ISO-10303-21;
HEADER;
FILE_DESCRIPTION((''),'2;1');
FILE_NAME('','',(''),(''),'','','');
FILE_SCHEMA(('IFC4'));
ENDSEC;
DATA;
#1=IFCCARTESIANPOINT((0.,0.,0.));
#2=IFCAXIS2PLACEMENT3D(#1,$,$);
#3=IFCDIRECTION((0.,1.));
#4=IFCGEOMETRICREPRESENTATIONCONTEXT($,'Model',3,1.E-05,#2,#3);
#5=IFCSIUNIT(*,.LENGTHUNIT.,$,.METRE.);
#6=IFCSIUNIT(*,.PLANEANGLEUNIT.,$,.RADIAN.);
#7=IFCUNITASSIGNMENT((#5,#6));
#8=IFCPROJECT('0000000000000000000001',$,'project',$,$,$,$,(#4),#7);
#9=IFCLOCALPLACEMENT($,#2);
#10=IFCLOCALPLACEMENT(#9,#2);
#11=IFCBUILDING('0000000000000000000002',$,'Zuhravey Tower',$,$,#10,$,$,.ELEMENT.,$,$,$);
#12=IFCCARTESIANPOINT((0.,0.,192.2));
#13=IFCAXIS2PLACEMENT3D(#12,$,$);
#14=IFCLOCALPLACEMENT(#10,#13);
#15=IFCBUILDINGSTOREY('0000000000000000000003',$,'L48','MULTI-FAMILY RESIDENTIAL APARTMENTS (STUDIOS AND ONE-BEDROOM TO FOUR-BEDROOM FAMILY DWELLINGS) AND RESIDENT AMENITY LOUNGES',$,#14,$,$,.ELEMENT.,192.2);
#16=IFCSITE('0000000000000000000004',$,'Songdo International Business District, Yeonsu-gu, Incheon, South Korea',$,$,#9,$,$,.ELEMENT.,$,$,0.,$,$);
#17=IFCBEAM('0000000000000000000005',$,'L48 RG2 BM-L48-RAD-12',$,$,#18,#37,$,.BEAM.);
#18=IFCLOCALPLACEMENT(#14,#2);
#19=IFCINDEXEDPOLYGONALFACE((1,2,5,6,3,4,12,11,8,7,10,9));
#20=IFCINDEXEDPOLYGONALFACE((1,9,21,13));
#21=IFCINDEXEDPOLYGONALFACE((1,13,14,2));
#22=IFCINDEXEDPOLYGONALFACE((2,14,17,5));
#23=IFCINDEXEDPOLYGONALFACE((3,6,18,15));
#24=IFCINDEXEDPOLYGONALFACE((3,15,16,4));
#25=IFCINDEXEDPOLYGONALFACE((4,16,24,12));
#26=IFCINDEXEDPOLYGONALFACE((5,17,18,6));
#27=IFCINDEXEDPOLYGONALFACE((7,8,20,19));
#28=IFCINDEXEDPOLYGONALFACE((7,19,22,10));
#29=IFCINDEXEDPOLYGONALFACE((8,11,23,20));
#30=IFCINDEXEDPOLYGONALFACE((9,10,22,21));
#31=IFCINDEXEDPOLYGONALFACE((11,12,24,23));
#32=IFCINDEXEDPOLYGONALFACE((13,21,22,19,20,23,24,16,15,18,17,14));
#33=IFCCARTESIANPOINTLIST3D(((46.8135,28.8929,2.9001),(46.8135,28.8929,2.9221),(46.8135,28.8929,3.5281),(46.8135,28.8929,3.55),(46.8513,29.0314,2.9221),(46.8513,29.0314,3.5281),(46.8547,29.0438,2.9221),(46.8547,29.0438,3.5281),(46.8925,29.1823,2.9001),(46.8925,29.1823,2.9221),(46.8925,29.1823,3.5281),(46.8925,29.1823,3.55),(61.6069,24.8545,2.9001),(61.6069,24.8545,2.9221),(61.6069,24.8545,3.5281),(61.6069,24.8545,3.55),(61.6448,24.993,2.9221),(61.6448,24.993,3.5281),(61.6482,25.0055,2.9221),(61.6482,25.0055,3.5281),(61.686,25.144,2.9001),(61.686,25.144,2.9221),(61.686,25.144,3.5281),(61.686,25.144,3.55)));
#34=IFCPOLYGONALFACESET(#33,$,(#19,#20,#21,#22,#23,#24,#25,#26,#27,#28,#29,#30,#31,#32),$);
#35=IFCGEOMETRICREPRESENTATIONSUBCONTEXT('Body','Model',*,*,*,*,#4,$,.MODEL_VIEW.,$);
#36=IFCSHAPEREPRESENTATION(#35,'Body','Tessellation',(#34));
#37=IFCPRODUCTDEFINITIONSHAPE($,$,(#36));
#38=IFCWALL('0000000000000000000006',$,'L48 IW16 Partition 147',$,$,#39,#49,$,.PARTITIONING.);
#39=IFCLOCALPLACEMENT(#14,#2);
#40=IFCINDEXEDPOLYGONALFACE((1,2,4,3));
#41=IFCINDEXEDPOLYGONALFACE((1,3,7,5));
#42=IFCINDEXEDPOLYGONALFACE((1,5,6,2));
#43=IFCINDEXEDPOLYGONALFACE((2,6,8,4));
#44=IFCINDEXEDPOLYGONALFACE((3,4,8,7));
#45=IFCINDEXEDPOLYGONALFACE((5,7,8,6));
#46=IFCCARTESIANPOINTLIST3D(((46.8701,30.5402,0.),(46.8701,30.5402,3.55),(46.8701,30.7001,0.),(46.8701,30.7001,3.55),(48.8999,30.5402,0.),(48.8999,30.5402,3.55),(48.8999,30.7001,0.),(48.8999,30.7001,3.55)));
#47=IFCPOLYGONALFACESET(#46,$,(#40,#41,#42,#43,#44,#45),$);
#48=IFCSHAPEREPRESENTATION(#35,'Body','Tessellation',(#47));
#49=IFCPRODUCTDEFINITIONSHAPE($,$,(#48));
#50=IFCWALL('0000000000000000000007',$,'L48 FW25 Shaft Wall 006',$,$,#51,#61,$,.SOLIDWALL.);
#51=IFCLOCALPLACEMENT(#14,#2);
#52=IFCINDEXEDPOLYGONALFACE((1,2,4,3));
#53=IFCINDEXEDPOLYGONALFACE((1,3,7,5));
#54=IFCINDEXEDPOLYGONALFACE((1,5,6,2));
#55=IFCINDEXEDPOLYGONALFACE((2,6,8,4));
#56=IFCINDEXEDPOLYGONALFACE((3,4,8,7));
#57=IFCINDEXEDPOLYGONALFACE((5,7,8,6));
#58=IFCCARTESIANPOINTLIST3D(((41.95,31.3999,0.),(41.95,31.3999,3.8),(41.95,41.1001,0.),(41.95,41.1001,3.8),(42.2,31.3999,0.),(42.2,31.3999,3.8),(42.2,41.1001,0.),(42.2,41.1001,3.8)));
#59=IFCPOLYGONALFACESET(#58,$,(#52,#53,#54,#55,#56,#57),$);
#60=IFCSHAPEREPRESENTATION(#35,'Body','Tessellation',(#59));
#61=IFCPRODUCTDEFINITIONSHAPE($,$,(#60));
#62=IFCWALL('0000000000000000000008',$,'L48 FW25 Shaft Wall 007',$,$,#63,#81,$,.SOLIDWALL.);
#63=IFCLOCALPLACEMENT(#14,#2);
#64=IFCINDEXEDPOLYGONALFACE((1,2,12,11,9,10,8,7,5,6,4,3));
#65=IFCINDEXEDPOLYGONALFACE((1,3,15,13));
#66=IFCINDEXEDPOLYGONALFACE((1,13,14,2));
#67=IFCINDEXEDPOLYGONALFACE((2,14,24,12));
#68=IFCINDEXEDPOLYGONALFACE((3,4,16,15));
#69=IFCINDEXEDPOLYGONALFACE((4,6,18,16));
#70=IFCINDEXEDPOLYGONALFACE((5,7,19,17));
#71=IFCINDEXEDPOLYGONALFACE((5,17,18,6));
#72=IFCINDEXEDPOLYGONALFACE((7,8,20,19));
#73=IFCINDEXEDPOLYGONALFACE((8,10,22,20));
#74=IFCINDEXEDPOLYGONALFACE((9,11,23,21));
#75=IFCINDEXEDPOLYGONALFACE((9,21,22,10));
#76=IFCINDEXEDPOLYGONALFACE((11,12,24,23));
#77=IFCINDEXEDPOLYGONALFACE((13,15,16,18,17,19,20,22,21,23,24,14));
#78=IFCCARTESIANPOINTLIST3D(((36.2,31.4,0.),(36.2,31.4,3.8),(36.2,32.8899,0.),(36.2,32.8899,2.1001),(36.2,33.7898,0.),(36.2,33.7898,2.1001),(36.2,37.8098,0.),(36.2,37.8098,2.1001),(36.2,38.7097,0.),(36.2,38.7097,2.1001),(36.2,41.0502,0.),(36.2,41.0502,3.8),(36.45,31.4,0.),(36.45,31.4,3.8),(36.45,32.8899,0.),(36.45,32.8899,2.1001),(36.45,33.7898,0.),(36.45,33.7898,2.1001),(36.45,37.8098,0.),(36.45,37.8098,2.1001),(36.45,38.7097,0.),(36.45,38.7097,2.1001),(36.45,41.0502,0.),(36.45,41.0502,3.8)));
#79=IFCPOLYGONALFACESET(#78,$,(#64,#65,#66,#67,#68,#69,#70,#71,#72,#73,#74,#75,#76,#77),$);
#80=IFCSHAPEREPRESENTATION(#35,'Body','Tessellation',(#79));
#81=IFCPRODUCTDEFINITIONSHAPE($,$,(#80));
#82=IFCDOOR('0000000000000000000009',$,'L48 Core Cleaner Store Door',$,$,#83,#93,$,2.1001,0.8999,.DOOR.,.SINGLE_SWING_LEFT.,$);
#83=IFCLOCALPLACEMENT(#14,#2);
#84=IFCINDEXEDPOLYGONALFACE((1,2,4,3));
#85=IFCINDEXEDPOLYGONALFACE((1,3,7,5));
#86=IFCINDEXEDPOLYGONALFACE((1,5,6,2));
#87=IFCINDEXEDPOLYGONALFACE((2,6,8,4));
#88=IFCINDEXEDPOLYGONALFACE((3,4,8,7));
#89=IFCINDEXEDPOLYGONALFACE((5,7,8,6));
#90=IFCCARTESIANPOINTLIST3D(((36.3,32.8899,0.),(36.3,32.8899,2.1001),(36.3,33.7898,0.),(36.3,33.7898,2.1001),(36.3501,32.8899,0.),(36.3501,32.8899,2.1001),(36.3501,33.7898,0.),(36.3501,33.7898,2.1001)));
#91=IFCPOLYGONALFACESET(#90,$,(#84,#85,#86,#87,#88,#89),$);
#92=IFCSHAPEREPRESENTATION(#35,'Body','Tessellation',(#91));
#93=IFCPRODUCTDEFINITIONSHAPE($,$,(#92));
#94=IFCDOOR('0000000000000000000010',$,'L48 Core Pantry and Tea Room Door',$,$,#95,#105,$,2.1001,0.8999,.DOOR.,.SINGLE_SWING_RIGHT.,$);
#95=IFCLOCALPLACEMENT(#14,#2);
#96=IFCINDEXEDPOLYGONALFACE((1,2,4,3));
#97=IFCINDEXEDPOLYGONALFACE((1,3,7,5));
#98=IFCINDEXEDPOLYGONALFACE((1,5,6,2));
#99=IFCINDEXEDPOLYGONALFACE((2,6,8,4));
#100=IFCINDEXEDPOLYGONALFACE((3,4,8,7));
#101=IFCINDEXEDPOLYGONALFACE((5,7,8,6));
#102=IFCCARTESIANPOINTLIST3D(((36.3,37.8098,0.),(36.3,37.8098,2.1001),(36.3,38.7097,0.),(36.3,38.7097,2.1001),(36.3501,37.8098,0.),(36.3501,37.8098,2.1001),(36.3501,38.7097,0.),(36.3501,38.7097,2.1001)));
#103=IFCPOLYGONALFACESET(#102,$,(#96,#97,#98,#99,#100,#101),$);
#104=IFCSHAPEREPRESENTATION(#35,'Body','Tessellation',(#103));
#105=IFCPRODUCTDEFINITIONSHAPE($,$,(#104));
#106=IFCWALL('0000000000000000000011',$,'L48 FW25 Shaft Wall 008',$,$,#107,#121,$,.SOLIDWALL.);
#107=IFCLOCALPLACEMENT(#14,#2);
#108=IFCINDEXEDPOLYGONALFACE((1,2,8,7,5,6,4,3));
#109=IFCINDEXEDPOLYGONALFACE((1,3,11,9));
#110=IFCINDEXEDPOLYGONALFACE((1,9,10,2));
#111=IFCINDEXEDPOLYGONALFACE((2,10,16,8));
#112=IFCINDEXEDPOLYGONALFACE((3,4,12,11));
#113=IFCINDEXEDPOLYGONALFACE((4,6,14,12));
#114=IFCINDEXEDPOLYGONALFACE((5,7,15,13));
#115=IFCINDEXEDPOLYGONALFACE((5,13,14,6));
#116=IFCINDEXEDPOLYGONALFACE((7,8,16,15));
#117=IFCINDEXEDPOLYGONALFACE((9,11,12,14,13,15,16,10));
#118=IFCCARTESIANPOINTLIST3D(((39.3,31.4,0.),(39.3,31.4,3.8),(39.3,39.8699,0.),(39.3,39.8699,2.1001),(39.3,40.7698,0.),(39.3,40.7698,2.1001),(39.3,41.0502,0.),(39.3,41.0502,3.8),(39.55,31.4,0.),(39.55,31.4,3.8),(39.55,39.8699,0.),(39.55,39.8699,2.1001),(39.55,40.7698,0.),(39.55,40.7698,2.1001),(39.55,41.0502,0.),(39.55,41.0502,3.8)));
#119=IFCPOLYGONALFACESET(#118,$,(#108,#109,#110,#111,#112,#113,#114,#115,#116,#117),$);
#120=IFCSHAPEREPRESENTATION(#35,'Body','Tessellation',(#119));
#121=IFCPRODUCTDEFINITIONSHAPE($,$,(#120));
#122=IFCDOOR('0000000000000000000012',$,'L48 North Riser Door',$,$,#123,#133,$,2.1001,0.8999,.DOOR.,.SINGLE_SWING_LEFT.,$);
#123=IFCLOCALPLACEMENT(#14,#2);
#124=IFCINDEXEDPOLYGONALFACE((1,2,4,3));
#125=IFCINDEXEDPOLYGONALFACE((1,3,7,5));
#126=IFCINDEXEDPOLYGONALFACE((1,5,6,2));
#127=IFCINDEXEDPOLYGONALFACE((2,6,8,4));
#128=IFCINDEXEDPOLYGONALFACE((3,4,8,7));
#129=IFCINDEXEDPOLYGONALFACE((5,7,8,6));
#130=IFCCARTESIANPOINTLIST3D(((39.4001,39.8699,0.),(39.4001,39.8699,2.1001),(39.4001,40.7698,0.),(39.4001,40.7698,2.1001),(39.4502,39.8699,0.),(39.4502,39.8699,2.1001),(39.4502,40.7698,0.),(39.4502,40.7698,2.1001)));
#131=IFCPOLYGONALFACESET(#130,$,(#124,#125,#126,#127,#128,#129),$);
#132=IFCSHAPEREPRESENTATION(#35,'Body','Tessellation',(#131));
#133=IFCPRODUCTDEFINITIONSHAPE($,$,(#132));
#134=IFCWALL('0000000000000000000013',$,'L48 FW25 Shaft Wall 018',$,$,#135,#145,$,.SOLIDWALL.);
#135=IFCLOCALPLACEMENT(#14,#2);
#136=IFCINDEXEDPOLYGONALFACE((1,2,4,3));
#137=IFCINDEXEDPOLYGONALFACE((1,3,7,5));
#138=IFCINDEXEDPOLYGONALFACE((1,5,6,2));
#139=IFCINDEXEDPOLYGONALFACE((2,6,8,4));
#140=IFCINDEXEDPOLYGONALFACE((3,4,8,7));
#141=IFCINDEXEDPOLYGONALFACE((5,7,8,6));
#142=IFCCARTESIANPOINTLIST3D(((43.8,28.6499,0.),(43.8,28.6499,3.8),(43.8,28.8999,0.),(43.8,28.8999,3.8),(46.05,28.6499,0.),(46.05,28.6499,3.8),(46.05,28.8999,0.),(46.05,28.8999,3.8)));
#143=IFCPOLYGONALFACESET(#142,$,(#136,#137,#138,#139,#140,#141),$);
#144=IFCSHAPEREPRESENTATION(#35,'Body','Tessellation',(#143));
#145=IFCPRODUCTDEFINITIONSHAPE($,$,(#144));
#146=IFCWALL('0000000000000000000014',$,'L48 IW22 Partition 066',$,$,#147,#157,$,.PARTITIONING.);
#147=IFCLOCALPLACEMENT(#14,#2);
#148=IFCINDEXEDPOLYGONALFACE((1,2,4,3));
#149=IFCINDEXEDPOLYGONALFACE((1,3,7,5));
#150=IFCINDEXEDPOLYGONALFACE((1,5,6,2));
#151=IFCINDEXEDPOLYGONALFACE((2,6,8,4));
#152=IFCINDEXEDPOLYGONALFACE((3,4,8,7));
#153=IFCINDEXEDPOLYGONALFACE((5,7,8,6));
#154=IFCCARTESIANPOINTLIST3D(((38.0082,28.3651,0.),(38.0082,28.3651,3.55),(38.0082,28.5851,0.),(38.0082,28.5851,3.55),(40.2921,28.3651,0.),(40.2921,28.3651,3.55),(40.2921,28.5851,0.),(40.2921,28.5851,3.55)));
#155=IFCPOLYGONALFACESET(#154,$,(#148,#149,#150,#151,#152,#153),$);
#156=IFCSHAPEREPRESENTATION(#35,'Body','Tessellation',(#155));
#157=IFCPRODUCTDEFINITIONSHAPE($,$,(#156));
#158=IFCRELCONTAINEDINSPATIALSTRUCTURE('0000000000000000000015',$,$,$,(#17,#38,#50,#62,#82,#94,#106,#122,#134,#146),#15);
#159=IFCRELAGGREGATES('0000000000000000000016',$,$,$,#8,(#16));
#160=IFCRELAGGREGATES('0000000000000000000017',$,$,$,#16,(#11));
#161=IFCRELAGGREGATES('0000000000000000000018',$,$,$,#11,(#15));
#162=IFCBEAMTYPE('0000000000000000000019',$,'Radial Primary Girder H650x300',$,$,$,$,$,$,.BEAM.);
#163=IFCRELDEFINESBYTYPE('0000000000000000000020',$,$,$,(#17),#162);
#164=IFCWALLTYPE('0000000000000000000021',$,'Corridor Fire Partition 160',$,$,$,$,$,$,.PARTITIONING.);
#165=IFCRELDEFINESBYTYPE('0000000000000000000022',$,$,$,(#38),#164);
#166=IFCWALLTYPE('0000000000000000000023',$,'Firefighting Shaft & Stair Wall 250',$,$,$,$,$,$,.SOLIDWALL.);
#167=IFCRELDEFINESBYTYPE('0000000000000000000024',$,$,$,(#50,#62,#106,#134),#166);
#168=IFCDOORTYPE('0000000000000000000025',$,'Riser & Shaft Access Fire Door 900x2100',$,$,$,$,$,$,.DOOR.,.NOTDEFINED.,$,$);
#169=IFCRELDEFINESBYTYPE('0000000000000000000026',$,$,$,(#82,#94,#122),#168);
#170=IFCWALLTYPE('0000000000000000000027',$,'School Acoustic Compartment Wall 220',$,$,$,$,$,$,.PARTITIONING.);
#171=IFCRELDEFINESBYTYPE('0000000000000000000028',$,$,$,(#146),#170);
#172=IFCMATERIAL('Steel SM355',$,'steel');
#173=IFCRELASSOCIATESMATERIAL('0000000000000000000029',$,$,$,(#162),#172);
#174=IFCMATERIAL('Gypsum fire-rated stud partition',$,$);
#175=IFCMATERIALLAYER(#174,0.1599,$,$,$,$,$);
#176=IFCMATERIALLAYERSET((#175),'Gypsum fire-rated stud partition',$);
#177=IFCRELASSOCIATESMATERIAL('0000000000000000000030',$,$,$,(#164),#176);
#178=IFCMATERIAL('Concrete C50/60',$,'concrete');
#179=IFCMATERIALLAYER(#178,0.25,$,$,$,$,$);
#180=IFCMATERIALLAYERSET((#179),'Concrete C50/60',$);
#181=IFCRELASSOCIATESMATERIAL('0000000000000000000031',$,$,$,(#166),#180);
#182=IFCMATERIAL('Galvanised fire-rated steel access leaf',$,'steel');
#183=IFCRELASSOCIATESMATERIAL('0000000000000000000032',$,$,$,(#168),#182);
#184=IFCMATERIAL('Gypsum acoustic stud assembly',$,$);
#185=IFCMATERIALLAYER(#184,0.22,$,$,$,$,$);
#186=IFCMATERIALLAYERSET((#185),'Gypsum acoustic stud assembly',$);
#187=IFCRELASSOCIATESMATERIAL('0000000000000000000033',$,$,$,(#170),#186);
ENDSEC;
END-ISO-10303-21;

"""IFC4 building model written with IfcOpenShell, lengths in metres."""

from ifc_helpers import new_model, si_unit, direction, frame, frame_2d, origin, origin_2d, place, context, subcontext, project, spatial, rectangle, i_section, extrude, material, layer, layer_set, material_profile, profile_set, type_object, element, fill, save


model = new_model("IFC4")

# Units and contexts
model_context = context("Model", 3, precision=1e-05, world=origin(), true_north=direction((0.0, 1.0)))
body_context = subcontext(model_context, "Body", "Model", "MODEL_VIEW")
ifc_project = project(units=[si_unit("LENGTHUNIT", "METRE"), si_unit("PLANEANGLEUNIT", "RADIAN")], contexts=[model_context])

# Site, building, storey
site_placement = place(None, origin())
site = spatial("IfcSite", under=ifc_project, at=site_placement, Name="Songdo International Business District, Yeonsu-gu, Incheon, South Korea", CompositionType="ELEMENT", RefElevation=0.0)
building_placement = place(site_placement, origin())
building = spatial("IfcBuilding", under=site, at=building_placement, Name="Zuhravey Tower", CompositionType="ELEMENT")
storey_placement = place(building_placement, frame((0.0, 0.0, 192.2)))
storey = spatial("IfcBuildingStorey", under=building, at=storey_placement, Name="L48", Description="MULTI-FAMILY RESIDENTIAL APARTMENTS (STUDIOS AND ONE-BEDROOM TO FOUR-BEDROOM FAMILY DWELLINGS) AND RESIDENT AMENITY LOUNGES", CompositionType="ELEMENT", Elevation=192.2)

# Beam
ifc_material_1 = material(Name="Steel SM355", Category="steel")
ifc_material_profile = material_profile(ifc_material_1, i_section(OverallWidth=0.3, OverallDepth=0.6499, WebThickness=0.0129, FlangeThickness=0.022, at=origin_2d()), Name="H-650x300x13x22")
ifc_profile_set = profile_set([ifc_material_profile], Name="Steel SM355")
beam_type = type_object("IfcBeamType", Name="Radial Primary Girder H650x300", PredefinedType="BEAM", material=ifc_profile_set)
beam_placement = place(storey_placement, frame((46.853, 29.0376, 3.2251), z_axis=(0.964702, -0.263345, 0.0), x_axis=(0.263345, 0.964702, 0.0)))
element("IfcBeam", 1, at=beam_placement, inside=storey, type_object=beam_type, Name="L48 RG2 BM-L48-RAD-12", PredefinedType="BEAM", context=body_context, shape_type="SweptSolid", body=[
    extrude(i_section(OverallWidth=0.3, OverallDepth=0.6499, WebThickness=0.0129, FlangeThickness=0.022, at=origin_2d()), origin(), (0.0, 0.0, 1.0), 15.3347),
])

# Shared definitions
ifc_material_2 = material(Name="Gypsum fire-rated stud partition")
ifc_layer_1 = layer(ifc_material_2, 0.1599)
ifc_layer_set_1 = layer_set([ifc_layer_1], Name="Gypsum fire-rated stud partition")
wall_type_1 = type_object("IfcWallType", Name="Corridor Fire Partition 160", PredefinedType="PARTITIONING", material=ifc_layer_set_1)

# Walls
wall_1_placement = place(storey_placement, frame((46.8701, 30.6201, 0.0), z_axis=(0.0, 0.0, 1.0), x_axis=(1.0, 0.0, 0.0)))
element("IfcWall", 2, at=wall_1_placement, inside=storey, type_object=wall_type_1, Name="L48 IW16 Partition 147", PredefinedType="PARTITIONING", context=body_context, shape_type="SweptSolid", body=[
    extrude(rectangle(XDim=2.0298, YDim=0.1599, at=frame_2d((1.0149, 0.0))), origin(), (0.0, 0.0, 1.0), 3.55),
])
ifc_material_3 = material(Name="Concrete C50/60", Category="concrete")
ifc_layer_2 = layer(ifc_material_3, 0.25)
ifc_layer_set_2 = layer_set([ifc_layer_2], Name="Concrete C50/60")
wall_type_2 = type_object("IfcWallType", Name="Firefighting Shaft & Stair Wall 250", PredefinedType="SOLIDWALL", material=ifc_layer_set_2)
wall_2_placement = place(storey_placement, frame((42.075, 31.3999, 0.0), z_axis=(0.0, 0.0, 1.0), x_axis=(0.0, 1.0, 0.0)))
element("IfcWall", 3, at=wall_2_placement, inside=storey, type_object=wall_type_2, Name="L48 FW25 Shaft Wall 006", PredefinedType="SOLIDWALL", context=body_context, shape_type="SweptSolid", body=[
    extrude(rectangle(XDim=9.7002, YDim=0.25, at=frame_2d((4.8501, 0.0))), origin(), (0.0, 0.0, 1.0), 3.8),
])

# Wall, openings, doors
wall_3_placement = place(storey_placement, frame((36.325, 31.3999, 0.0), z_axis=(0.0, 0.0, 1.0), x_axis=(0.0, 1.0, 0.0)))
wall_3 = element("IfcWall", 4, at=wall_3_placement, inside=storey, type_object=wall_type_2, Name="L48 FW25 Shaft Wall 007", PredefinedType="SOLIDWALL", context=body_context, shape_type="SweptSolid", body=[
    extrude(rectangle(XDim=9.6501, YDim=0.25, at=frame_2d((4.8252, 0.0))), origin(), (0.0, 0.0, 1.0), 3.8),
])
opening_1_placement = place(wall_3_placement, frame((1.49, 0.0, 0.0)))
opening_1 = element("IfcOpeningElement", 5, at=opening_1_placement, cuts=wall_3, PredefinedType="OPENING", context=body_context, shape_type="SweptSolid", body=[
    extrude(rectangle(XDim=0.8999, YDim=2.1001, at=frame_2d((0.45, 1.05))), frame((0.0, 0.137, 0.0), z_axis=(0.0, -1.0, 0.0), x_axis=(1.0, 0.0, 0.0)), (0.0, 0.0, 1.0), 0.2739),
])
opening_2_placement = place(wall_3_placement, frame((6.4099, 0.0, 0.0)))
opening_2 = element("IfcOpeningElement", 6, at=opening_2_placement, cuts=wall_3, PredefinedType="OPENING", context=body_context, shape_type="SweptSolid", body=[
    extrude(rectangle(XDim=0.8999, YDim=2.1001, at=frame_2d((0.45, 1.05))), frame((0.0, 0.137, 0.0), z_axis=(0.0, -1.0, 0.0), x_axis=(1.0, 0.0, 0.0)), (0.0, 0.0, 1.0), 0.2739),
])
ifc_material_4 = material(Name="Galvanised fire-rated steel access leaf", Category="steel")
door_type_1 = type_object("IfcDoorType", Name="Riser & Shaft Access Fire Door 900x2100", OperationType="NOTDEFINED", PredefinedType="DOOR", material=ifc_material_4)
door_1_placement = place(opening_1_placement, origin())
door_1 = element("IfcDoor", 7, at=door_1_placement, inside=storey, type_object=door_type_1, Name="L48 Core Cleaner Store Door", OperationType="SINGLE_SWING_LEFT", OverallHeight=2.1001, OverallWidth=0.8999, PredefinedType="DOOR", context=body_context, shape_type="SweptSolid", body=[
    extrude(rectangle(XDim=0.8999, YDim=2.1001, at=frame_2d((0.45, 1.05))), frame((0.0, 0.0249, 0.0), z_axis=(0.0, -1.0, 0.0), x_axis=(1.0, 0.0, 0.0)), (0.0, 0.0, 1.0), 0.05),
])
fill(opening_1, door_1)
door_2_placement = place(opening_2_placement, origin())
door_2 = element("IfcDoor", 8, at=door_2_placement, inside=storey, type_object=door_type_1, Name="L48 Core Pantry and Tea Room Door", OperationType="SINGLE_SWING_RIGHT", OverallHeight=2.1001, OverallWidth=0.8999, PredefinedType="DOOR", context=body_context, shape_type="SweptSolid", body=[
    extrude(rectangle(XDim=0.8999, YDim=2.1001, at=frame_2d((0.45, 1.05))), frame((0.0, 0.0249, 0.0), z_axis=(0.0, -1.0, 0.0), x_axis=(1.0, 0.0, 0.0)), (0.0, 0.0, 1.0), 0.05),
])
fill(opening_2, door_2)

# Wall, opening, door
wall_4_placement = place(storey_placement, frame((39.425, 31.3999, 0.0), z_axis=(0.0, 0.0, 1.0), x_axis=(0.0, 1.0, 0.0)))
wall_4 = element("IfcWall", 9, at=wall_4_placement, inside=storey, type_object=wall_type_2, Name="L48 FW25 Shaft Wall 008", PredefinedType="SOLIDWALL", context=body_context, shape_type="SweptSolid", body=[
    extrude(rectangle(XDim=9.6501, YDim=0.25, at=frame_2d((4.8252, 0.0))), origin(), (0.0, 0.0, 1.0), 3.8),
])
opening_3_placement = place(wall_4_placement, frame((8.47, 0.0, 0.0)))
opening_3 = element("IfcOpeningElement", 10, at=opening_3_placement, cuts=wall_4, PredefinedType="OPENING", context=body_context, shape_type="SweptSolid", body=[
    extrude(rectangle(XDim=0.8999, YDim=2.1001, at=frame_2d((0.45, 1.05))), frame((0.0, 0.137, 0.0), z_axis=(0.0, -1.0, 0.0), x_axis=(1.0, 0.0, 0.0)), (0.0, 0.0, 1.0), 0.2739),
])
door_3_placement = place(opening_3_placement, origin())
door_3 = element("IfcDoor", 11, at=door_3_placement, inside=storey, type_object=door_type_1, Name="L48 North Riser Door", OperationType="SINGLE_SWING_LEFT", OverallHeight=2.1001, OverallWidth=0.8999, PredefinedType="DOOR", context=body_context, shape_type="SweptSolid", body=[
    extrude(rectangle(XDim=0.8999, YDim=2.1001, at=frame_2d((0.45, 1.05))), frame((0.0, 0.0249, 0.0), z_axis=(0.0, -1.0, 0.0), x_axis=(1.0, 0.0, 0.0)), (0.0, 0.0, 1.0), 0.05),
])
fill(opening_3, door_3)

# Walls
wall_5_placement = place(storey_placement, frame((43.8, 28.7749, 0.0), z_axis=(0.0, 0.0, 1.0), x_axis=(1.0, 0.0, 0.0)))
element("IfcWall", 12, at=wall_5_placement, inside=storey, type_object=wall_type_2, Name="L48 FW25 Shaft Wall 018", PredefinedType="SOLIDWALL", context=body_context, shape_type="SweptSolid", body=[
    extrude(rectangle(XDim=2.25, YDim=0.25, at=frame_2d((1.125, 0.0))), origin(), (0.0, 0.0, 1.0), 3.8),
])
ifc_material_5 = material(Name="Gypsum acoustic stud assembly")
ifc_layer_3 = layer(ifc_material_5, 0.22)
ifc_layer_set_3 = layer_set([ifc_layer_3], Name="Gypsum acoustic stud assembly")
wall_type_3 = type_object("IfcWallType", Name="School Acoustic Compartment Wall 220", PredefinedType="PARTITIONING", material=ifc_layer_set_3)
wall_6_placement = place(storey_placement, frame((38.0081, 28.4751, 0.0), z_axis=(0.0, 0.0, 1.0), x_axis=(1.0, 0.0, 0.0)))
element("IfcWall", 13, at=wall_6_placement, inside=storey, type_object=wall_type_3, Name="L48 IW22 Partition 066", PredefinedType="PARTITIONING", context=body_context, shape_type="SweptSolid", body=[
    extrude(rectangle(XDim=2.2839, YDim=0.22, at=frame_2d((1.1421, 0.0))), origin(), (0.0, 0.0, 1.0), 3.55),
])

save(model, "model.ifc")
